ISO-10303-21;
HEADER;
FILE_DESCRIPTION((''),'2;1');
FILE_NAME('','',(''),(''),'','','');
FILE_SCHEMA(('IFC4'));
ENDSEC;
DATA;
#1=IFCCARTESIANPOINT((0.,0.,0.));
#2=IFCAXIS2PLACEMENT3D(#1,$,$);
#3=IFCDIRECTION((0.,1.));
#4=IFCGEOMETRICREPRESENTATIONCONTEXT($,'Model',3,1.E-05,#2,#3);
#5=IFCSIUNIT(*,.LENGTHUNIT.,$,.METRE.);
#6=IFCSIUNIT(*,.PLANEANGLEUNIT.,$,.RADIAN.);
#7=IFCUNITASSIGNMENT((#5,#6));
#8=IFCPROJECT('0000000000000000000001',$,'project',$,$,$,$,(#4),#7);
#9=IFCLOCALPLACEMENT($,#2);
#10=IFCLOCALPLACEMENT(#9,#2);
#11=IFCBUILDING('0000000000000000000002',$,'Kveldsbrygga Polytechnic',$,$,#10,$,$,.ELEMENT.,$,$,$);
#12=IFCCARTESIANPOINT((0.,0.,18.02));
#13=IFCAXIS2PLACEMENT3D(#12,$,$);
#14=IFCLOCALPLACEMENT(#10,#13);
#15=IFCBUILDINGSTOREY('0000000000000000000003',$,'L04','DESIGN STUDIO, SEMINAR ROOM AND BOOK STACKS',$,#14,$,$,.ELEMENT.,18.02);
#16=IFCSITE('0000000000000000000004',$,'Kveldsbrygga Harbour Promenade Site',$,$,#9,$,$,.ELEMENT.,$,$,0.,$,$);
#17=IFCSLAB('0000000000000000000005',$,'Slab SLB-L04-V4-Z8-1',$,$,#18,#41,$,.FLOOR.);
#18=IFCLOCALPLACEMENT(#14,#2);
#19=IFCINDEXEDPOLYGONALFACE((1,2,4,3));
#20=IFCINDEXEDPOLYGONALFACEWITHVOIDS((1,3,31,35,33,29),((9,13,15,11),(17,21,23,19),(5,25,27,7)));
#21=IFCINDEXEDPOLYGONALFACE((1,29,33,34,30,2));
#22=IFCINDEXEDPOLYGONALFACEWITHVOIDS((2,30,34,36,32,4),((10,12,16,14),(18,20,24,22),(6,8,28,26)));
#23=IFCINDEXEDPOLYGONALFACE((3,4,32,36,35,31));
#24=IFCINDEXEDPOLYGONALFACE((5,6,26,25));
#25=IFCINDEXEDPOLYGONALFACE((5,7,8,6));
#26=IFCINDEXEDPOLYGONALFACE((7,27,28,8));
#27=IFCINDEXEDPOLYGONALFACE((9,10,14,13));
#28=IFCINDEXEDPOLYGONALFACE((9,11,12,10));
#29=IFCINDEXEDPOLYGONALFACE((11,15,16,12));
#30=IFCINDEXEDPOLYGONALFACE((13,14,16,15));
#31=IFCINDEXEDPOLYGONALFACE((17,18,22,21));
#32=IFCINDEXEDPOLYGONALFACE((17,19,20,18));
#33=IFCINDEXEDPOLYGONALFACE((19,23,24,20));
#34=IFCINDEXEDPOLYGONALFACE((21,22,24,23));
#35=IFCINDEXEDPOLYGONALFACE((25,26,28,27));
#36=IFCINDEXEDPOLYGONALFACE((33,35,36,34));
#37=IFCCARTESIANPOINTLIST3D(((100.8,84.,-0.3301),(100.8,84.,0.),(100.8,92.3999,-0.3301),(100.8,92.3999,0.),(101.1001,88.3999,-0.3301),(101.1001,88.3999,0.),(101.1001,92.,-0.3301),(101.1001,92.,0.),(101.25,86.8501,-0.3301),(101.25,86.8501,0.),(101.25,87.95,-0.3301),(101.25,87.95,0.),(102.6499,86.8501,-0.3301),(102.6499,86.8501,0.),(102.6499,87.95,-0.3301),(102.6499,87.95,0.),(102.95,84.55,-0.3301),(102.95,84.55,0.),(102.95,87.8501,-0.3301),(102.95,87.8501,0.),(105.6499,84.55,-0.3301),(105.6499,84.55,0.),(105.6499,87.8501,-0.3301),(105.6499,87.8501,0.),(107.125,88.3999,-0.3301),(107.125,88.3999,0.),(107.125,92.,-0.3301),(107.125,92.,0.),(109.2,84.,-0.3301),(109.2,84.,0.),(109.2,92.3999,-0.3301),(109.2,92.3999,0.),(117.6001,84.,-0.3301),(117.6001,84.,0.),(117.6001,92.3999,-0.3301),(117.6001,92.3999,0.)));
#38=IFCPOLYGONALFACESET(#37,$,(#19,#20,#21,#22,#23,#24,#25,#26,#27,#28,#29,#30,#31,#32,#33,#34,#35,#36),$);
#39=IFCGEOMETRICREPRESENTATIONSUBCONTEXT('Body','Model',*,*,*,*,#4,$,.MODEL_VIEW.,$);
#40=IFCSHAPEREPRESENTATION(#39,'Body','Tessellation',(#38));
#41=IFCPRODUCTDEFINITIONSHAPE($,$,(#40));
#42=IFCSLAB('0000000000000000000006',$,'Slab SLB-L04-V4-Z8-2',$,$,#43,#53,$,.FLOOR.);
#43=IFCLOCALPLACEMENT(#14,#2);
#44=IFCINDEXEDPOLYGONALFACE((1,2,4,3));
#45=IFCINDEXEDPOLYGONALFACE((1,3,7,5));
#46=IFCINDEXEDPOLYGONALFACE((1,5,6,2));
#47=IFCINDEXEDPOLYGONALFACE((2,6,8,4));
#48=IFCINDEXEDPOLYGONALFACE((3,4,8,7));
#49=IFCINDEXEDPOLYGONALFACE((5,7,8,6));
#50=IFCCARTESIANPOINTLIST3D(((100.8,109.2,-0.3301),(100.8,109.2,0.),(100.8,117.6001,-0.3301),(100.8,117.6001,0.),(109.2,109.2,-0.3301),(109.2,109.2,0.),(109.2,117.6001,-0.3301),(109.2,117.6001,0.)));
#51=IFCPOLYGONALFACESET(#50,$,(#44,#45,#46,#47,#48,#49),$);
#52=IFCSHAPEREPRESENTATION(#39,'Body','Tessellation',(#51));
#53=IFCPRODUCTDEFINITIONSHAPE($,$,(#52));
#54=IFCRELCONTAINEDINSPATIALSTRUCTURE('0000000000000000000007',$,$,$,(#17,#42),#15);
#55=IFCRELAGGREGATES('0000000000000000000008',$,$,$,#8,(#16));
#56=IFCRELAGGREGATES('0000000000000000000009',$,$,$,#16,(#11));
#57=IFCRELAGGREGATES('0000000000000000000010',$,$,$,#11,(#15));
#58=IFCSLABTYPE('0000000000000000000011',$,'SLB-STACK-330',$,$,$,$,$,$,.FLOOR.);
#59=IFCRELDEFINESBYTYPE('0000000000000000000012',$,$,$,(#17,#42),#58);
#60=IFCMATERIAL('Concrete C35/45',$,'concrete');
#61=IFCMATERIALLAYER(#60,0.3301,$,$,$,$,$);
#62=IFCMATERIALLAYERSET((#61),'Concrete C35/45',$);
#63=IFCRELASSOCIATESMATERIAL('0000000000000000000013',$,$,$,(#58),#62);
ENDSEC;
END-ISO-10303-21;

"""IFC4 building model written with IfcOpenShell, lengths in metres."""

from ifc_helpers import new_model, si_unit, direction, frame, origin, place, context, subcontext, project, spatial, polyline, outline, extrude, material, layer, layer_set, type_object, element, save


model = new_model("IFC4")

# Units and contexts
model_context = context("Model", 3, precision=1e-05, world=origin(), true_north=direction((0.0, 1.0)))
body_context = subcontext(model_context, "Body", "Model", "MODEL_VIEW")
ifc_project = project(units=[si_unit("LENGTHUNIT", "METRE"), si_unit("PLANEANGLEUNIT", "RADIAN")], contexts=[model_context])

# Site, building, storey
site_placement = place(None, origin())
site = spatial("IfcSite", under=ifc_project, at=site_placement, Name="Kveldsbrygga Harbour Promenade Site", CompositionType="ELEMENT", RefElevation=0.0)
building_placement = place(site_placement, origin())
building = spatial("IfcBuilding", under=site, at=building_placement, Name="Kveldsbrygga Polytechnic", CompositionType="ELEMENT")
storey_placement = place(building_placement, frame((0.0, 0.0, 18.02)))
storey = spatial("IfcBuildingStorey", under=building, at=storey_placement, Name="L04", Description="DESIGN STUDIO, SEMINAR ROOM AND BOOK STACKS", CompositionType="ELEMENT", Elevation=18.02)

# Slabs
ifc_material = material(Name="Concrete C35/45", Category="concrete")
ifc_layer = layer(ifc_material, 0.3301)
ifc_layer_set = layer_set([ifc_layer], Name="Concrete C35/45")
slab_type = type_object("IfcSlabType", Name="SLB-STACK-330", PredefinedType="FLOOR", material=ifc_layer_set)
slab_1_placement = place(storey_placement, frame((0.0, 0.0, -0.3301)))
element("IfcSlab", 1, at=slab_1_placement, inside=storey, type_object=slab_type, Name="Slab SLB-L04-V4-Z8-1", PredefinedType="FLOOR", context=body_context, shape_type="SweptSolid", body=[
    extrude(outline(polyline([(100.8, 84.0), (100.8, 92.3999), (109.2, 92.3999), (117.6001, 92.3999), (117.6001, 84.0), (109.2, 84.0), (100.8, 84.0)]), holes=[polyline([(107.125, 92.0), (101.1001, 92.0), (101.1001, 88.3999), (107.125, 88.3999), (107.125, 92.0)]), polyline([(102.95, 84.55), (105.6499, 84.55), (105.6499, 87.8501), (102.95, 87.8501), (102.95, 84.55)]), polyline([(101.25, 86.8501), (102.6499, 86.8501), (102.6499, 87.95), (101.25, 87.95), (101.25, 86.8501)])]), origin(), (0.0, 0.0, 1.0), 0.3301),
])
slab_2_placement = place(storey_placement, frame((0.0, 0.0, -0.3301)))
element("IfcSlab", 2, at=slab_2_placement, inside=storey, type_object=slab_type, Name="Slab SLB-L04-V4-Z8-2", PredefinedType="FLOOR", context=body_context, shape_type="SweptSolid", body=[
    extrude(outline(polyline([(100.8, 117.6001), (109.2, 117.6001), (109.2, 109.2), (100.8, 109.2), (100.8, 117.6001)])), origin(), (0.0, 0.0, 1.0), 0.3301),
])

save(model, "model.ifc")
